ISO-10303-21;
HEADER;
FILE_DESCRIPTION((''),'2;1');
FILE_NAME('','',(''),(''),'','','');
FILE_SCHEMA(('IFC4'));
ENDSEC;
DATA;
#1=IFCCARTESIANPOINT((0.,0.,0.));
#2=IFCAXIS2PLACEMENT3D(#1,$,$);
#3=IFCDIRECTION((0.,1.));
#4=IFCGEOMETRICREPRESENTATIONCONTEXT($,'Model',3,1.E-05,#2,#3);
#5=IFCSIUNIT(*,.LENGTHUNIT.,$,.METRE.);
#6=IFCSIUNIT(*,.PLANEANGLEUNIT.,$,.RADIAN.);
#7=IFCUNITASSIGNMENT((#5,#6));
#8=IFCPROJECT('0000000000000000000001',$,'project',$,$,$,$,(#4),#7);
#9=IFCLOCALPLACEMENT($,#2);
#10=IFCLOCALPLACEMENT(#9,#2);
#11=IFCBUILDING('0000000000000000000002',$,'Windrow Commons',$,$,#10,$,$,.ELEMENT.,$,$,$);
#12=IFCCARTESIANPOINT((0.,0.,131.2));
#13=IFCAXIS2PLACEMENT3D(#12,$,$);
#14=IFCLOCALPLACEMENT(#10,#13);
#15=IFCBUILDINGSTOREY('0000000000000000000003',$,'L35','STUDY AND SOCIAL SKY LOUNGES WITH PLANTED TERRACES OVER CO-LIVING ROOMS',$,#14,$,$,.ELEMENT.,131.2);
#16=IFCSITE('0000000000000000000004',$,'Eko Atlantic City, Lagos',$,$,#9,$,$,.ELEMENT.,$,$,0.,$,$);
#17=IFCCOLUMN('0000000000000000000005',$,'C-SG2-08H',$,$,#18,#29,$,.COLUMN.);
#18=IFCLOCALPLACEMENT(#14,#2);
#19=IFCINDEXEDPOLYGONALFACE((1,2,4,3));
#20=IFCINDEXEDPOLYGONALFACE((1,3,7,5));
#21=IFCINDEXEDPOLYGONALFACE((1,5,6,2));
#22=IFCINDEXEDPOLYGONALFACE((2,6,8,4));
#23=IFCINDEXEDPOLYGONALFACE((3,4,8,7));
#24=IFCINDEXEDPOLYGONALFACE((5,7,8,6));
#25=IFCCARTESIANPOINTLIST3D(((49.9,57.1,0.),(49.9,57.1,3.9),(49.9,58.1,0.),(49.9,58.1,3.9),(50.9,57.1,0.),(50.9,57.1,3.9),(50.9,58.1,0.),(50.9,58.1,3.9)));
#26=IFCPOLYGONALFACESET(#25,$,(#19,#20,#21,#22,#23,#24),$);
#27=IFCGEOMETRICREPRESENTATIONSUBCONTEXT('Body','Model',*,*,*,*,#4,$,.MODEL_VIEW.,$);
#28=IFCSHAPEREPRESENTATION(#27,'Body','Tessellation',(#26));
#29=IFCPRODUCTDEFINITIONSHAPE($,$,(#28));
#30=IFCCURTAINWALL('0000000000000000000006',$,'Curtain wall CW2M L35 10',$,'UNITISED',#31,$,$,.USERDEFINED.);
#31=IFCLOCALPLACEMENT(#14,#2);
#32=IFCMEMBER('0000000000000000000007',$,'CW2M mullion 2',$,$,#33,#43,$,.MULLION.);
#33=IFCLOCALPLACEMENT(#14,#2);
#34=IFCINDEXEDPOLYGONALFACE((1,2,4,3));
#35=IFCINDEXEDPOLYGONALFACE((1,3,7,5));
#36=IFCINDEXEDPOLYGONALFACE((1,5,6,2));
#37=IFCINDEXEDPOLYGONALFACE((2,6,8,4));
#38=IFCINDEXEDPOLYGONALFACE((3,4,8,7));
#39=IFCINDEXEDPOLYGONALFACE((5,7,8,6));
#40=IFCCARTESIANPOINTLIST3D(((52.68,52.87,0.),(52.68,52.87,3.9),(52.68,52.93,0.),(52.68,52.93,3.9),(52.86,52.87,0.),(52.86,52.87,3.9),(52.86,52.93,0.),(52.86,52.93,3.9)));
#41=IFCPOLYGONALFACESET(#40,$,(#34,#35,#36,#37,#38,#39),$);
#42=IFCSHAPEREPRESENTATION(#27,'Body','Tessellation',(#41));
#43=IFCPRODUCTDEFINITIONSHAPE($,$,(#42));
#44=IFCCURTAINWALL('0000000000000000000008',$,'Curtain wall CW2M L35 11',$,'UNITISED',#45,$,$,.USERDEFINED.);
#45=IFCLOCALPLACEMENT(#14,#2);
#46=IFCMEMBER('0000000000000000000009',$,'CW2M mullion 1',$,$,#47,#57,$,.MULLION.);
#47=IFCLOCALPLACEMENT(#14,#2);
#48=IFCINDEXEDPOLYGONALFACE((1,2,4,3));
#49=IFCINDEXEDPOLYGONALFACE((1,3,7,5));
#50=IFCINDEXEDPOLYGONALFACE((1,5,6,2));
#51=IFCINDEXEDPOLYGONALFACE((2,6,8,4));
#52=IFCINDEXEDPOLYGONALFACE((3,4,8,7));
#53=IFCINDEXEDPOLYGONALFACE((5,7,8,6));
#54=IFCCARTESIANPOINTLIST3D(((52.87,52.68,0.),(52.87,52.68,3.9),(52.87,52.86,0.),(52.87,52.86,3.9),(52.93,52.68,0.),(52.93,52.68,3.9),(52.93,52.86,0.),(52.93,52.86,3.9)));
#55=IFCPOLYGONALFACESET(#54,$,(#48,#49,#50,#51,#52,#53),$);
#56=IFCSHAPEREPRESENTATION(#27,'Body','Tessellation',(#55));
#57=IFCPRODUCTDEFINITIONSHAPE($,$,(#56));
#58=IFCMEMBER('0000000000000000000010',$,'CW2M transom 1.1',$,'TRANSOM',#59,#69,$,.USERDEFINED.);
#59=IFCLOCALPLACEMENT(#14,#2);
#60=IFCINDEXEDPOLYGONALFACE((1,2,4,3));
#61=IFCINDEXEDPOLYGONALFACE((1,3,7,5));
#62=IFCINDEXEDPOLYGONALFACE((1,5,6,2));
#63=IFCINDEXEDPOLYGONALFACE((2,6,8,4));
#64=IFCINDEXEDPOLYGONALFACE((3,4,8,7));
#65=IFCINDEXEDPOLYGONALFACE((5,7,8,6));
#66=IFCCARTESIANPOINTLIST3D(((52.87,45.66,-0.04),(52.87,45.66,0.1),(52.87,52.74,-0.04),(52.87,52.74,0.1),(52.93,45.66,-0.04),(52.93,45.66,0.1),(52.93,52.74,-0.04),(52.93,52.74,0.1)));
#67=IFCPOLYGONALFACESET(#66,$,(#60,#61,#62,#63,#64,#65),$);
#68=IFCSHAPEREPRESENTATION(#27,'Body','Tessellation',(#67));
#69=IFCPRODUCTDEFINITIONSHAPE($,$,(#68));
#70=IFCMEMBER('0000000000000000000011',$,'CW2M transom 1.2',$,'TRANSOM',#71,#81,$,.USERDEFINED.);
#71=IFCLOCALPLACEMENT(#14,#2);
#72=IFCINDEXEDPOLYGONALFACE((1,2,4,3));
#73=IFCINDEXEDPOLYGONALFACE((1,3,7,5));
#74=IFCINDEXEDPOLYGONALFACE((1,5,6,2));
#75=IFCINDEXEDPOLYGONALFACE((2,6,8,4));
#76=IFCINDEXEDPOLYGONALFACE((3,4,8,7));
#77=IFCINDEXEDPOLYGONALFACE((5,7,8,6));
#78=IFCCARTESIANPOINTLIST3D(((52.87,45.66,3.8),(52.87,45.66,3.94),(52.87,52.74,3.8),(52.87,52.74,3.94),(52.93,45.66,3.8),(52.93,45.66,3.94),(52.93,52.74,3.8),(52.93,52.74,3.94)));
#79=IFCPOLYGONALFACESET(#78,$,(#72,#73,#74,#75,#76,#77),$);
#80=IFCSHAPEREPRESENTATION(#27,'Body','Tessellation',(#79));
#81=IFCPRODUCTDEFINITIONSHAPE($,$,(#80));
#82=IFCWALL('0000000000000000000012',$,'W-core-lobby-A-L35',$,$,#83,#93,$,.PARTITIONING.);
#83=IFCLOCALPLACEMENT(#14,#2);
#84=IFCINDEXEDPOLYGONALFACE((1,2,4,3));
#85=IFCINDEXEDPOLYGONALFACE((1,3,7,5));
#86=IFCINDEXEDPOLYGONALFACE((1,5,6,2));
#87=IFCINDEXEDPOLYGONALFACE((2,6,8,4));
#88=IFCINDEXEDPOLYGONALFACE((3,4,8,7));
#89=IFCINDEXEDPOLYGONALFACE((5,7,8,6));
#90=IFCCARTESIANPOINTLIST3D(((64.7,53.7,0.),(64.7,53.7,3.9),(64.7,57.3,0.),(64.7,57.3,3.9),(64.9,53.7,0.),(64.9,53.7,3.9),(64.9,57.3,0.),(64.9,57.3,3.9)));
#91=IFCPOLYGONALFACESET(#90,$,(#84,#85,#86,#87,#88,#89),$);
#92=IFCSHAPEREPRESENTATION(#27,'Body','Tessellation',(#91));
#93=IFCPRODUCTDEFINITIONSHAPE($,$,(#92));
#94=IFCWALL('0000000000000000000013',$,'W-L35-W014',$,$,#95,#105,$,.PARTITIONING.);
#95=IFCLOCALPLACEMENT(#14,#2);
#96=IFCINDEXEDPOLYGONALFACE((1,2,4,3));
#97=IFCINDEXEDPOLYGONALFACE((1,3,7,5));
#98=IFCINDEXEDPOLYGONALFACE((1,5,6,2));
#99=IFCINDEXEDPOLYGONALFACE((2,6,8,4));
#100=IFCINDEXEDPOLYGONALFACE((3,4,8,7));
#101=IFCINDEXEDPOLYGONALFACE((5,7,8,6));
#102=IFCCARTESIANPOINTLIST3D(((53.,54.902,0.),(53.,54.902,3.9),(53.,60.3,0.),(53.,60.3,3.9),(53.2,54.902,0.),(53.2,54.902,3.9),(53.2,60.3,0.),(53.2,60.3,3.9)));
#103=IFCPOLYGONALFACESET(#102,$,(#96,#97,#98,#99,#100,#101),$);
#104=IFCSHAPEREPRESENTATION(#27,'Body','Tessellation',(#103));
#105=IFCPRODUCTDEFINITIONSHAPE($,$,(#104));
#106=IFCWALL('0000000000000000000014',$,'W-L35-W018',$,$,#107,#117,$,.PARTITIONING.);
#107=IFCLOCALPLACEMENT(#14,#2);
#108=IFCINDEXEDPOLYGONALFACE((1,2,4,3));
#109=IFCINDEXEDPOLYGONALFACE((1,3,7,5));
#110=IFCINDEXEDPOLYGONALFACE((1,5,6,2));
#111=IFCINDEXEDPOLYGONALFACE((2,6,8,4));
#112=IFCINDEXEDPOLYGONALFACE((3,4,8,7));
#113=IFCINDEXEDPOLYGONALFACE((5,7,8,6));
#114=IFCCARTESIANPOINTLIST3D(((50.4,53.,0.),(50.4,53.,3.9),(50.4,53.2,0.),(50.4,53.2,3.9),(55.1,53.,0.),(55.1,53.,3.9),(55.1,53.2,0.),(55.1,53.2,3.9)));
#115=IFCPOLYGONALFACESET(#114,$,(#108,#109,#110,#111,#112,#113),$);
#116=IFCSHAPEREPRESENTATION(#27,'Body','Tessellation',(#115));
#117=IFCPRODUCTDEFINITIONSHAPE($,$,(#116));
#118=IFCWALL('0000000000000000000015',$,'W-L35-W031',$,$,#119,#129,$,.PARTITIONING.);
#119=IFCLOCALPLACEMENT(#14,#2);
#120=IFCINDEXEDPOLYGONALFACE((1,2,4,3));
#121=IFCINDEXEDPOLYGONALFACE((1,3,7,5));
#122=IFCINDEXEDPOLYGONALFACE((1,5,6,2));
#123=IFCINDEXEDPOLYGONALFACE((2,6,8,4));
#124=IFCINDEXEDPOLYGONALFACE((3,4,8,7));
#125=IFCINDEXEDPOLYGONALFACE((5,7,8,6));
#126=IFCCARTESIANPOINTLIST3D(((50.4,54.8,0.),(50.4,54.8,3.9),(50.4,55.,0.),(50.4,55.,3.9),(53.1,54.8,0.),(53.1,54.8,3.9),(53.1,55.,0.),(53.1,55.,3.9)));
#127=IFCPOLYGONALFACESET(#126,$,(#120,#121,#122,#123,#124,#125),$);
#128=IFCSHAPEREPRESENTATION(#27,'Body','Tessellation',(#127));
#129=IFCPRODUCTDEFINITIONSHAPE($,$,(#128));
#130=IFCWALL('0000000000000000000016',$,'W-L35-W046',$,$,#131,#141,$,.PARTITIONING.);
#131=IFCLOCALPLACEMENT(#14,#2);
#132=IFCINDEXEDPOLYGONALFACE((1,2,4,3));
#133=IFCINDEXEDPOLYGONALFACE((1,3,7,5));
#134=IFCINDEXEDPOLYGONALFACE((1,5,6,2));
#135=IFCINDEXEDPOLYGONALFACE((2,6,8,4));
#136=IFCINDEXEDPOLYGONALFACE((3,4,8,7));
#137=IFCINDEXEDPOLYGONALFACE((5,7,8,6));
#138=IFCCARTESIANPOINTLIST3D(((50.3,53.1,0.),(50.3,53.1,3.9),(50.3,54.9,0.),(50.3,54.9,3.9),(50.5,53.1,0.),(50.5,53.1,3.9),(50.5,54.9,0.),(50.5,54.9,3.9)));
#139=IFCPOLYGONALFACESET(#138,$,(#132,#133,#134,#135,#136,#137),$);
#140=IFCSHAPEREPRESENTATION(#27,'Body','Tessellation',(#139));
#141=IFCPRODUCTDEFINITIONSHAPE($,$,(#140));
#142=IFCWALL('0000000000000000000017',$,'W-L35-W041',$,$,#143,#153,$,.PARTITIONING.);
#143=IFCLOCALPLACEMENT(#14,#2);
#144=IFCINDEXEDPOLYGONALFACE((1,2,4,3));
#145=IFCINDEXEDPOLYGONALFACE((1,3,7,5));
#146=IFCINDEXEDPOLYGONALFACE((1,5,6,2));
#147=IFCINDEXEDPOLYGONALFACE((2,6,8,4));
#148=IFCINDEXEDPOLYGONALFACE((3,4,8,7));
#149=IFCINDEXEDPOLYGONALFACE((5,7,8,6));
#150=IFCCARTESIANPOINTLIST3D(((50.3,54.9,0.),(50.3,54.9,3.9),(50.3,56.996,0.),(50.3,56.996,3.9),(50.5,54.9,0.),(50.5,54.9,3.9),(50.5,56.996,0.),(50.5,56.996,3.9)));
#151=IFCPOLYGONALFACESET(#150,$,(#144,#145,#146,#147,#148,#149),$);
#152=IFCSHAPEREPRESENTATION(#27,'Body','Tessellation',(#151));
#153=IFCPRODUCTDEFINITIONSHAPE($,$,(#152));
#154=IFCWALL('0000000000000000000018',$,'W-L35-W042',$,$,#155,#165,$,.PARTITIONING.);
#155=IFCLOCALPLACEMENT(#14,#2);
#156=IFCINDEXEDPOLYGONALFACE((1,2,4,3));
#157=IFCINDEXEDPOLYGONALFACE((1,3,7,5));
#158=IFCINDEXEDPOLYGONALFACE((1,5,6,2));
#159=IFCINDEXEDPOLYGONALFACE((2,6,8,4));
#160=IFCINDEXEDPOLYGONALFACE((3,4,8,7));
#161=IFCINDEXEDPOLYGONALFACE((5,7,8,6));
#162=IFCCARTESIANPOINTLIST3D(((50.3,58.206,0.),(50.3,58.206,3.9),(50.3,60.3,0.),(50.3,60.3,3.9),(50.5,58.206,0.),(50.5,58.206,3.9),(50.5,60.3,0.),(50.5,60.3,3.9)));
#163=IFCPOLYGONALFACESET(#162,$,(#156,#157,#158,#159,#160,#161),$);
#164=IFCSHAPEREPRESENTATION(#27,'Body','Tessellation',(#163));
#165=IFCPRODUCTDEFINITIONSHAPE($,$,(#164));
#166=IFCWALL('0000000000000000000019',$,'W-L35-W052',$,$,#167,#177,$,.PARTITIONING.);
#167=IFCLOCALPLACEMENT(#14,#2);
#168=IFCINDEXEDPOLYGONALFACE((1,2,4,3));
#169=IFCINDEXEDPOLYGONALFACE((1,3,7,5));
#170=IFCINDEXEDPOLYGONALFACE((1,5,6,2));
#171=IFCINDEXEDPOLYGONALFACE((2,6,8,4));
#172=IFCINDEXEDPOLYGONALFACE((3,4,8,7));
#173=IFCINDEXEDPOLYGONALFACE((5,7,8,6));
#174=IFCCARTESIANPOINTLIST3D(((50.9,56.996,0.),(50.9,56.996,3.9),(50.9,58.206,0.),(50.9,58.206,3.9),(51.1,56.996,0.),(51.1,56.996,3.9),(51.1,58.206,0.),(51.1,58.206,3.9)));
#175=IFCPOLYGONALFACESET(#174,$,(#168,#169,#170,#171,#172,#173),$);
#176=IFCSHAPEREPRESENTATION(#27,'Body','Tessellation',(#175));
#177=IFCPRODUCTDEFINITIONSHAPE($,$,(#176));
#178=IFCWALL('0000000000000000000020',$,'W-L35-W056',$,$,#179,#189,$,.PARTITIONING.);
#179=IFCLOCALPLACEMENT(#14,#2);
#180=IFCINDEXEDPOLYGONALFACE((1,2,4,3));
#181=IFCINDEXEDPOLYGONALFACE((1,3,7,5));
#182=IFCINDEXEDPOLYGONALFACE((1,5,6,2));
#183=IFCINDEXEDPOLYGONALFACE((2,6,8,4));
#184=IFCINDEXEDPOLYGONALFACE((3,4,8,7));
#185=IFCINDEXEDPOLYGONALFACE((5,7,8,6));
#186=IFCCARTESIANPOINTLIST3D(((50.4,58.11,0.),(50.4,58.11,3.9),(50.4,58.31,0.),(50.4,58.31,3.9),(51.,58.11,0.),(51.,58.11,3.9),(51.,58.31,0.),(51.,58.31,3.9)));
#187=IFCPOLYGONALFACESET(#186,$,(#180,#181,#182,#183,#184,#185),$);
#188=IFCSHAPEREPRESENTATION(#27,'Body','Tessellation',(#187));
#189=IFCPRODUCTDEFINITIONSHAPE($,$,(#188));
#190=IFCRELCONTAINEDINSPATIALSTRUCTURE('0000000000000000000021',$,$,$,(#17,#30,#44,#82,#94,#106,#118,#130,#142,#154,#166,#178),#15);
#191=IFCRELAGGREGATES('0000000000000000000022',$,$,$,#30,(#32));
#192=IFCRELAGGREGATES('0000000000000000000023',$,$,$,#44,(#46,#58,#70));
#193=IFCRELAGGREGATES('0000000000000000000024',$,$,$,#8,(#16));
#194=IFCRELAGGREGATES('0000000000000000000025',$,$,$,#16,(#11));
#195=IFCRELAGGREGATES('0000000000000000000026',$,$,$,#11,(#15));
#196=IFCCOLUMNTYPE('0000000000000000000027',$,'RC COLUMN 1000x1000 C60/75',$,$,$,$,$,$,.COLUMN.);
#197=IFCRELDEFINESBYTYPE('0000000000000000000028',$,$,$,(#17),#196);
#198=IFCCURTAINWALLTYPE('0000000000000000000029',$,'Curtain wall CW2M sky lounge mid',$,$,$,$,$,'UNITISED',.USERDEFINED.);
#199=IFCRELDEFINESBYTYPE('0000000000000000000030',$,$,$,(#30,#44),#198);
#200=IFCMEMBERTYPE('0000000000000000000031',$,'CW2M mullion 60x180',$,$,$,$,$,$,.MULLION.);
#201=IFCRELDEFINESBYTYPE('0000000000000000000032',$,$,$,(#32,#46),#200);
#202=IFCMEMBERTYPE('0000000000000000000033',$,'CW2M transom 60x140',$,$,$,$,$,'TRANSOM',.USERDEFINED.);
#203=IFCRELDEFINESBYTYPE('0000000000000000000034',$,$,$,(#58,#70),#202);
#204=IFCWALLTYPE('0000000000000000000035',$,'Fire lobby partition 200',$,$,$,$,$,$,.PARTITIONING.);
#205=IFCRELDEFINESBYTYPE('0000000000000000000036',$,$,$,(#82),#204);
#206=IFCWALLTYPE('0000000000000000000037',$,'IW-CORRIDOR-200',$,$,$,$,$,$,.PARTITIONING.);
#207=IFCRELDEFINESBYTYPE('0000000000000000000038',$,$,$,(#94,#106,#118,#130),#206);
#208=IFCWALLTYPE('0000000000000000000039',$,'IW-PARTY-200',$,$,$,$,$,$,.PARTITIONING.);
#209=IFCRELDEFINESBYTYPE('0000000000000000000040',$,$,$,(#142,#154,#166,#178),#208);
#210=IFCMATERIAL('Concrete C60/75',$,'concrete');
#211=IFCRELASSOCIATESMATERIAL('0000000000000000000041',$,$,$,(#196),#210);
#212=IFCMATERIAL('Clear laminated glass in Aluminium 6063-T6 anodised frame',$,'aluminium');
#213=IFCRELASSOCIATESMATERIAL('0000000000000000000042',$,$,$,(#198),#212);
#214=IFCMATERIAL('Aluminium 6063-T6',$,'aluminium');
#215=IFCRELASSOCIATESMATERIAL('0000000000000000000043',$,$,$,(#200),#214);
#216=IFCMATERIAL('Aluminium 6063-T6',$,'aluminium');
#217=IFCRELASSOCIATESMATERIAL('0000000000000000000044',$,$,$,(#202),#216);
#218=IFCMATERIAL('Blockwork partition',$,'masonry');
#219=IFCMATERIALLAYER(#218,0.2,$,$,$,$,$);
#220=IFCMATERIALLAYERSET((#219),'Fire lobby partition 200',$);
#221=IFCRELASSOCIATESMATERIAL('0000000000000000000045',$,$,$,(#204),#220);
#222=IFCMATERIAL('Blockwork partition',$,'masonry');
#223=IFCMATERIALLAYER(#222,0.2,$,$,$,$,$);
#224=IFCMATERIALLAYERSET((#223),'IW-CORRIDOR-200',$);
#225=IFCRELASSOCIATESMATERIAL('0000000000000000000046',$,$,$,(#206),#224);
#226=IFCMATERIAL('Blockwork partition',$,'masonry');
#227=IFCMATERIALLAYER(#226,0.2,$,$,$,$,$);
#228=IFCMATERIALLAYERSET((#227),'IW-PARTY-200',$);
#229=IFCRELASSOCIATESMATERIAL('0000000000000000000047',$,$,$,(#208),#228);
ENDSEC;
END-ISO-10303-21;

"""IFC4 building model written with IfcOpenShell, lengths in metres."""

from ifc_helpers import new_model, si_unit, direction, frame, frame_2d, origin, origin_2d, place, context, subcontext, project, spatial, rectangle, extrude, material, layer, layer_set, material_profile, profile_set, type_object, element, aggregate, save


model = new_model("IFC4")

# Units and contexts
model_context = context("Model", 3, precision=1e-05, world=origin(), true_north=direction((0.0, 1.0)))
body_context = subcontext(model_context, "Body", "Model", "MODEL_VIEW")
ifc_project = project(units=[si_unit("LENGTHUNIT", "METRE"), si_unit("PLANEANGLEUNIT", "RADIAN")], contexts=[model_context])

# Site, building, storey
site_placement = place(None, origin())
site = spatial("IfcSite", under=ifc_project, at=site_placement, Name="Eko Atlantic City, Lagos", CompositionType="ELEMENT", RefElevation=0.0)
building_placement = place(site_placement, origin())
building = spatial("IfcBuilding", under=site, at=building_placement, Name="Windrow Commons", CompositionType="ELEMENT")
storey_placement = place(building_placement, frame((0.0, 0.0, 131.2)))
storey = spatial("IfcBuildingStorey", under=building, at=storey_placement, Name="L35", Description="STUDY AND SOCIAL SKY LOUNGES WITH PLANTED TERRACES OVER CO-LIVING ROOMS", CompositionType="ELEMENT", Elevation=131.2)

# Column
ifc_material_1 = material(Name="Concrete C60/75", Category="concrete")
ifc_material_profile_1 = material_profile(ifc_material_1, rectangle(XDim=1.0, YDim=1.0, at=origin_2d()))
ifc_profile_set_1 = profile_set([ifc_material_profile_1], Name="Concrete C60/75")
column_type = type_object("IfcColumnType", Name="RC COLUMN 1000x1000 C60/75", PredefinedType="COLUMN", material=ifc_profile_set_1)
column_placement = place(storey_placement, frame((50.4, 57.6, 0.0), z_axis=(0.0, 0.0, 1.0), x_axis=(1.0, 0.0, 0.0)))
element("IfcColumn", 1, at=column_placement, inside=storey, type_object=column_type, Name="C-SG2-08H", PredefinedType="COLUMN", context=body_context, shape_type="SweptSolid", body=[
    extrude(rectangle(XDim=1.0, YDim=1.0, at=origin_2d()), origin(), (0.0, 0.0, 1.0), 3.9),
])

# Curtain wall, member
ifc_material_2 = material(Name="Clear laminated glass in Aluminium 6063-T6 anodised frame", Category="aluminium")
curtain_wall_type = type_object("IfcCurtainWallType", Name="Curtain wall CW2M sky lounge mid", ElementType="UNITISED", PredefinedType="USERDEFINED", material=ifc_material_2)
placement = place(storey_placement, origin())
curtain_wall_1 = element("IfcCurtainWall", 2, at=placement, inside=storey, type_object=curtain_wall_type, Name="Curtain wall CW2M L35 10", ObjectType="UNITISED", PredefinedType="USERDEFINED")
ifc_material_3 = material(Name="Aluminium 6063-T6", Category="aluminium")
ifc_material_profile_2 = material_profile(ifc_material_3, rectangle(XDim=0.06, YDim=0.18, at=origin_2d()))
ifc_profile_set_2 = profile_set([ifc_material_profile_2], Name="Aluminium 6063-T6")
member_type_1 = type_object("IfcMemberType", Name="CW2M mullion 60x180", PredefinedType="MULLION", material=ifc_profile_set_2)
member_1_placement = place(storey_placement, frame((52.77, 52.9, 0.0), z_axis=(0.0, 0.0, 1.0), x_axis=(0.0, 1.0, 0.0)))
member_1 = element("IfcMember", 3, at=member_1_placement, type_object=member_type_1, Name="CW2M mullion 2", PredefinedType="MULLION", context=body_context, shape_type="SweptSolid", body=[
    extrude(rectangle(XDim=0.06, YDim=0.18, at=origin_2d()), origin(), (0.0, 0.0, 1.0), 3.9),
])
aggregate(curtain_wall_1, [member_1])

# Curtain wall, members
curtain_wall_2 = element("IfcCurtainWall", 4, at=placement, inside=storey, type_object=curtain_wall_type, Name="Curtain wall CW2M L35 11", ObjectType="UNITISED", PredefinedType="USERDEFINED")
member_2_placement = place(storey_placement, frame((52.9, 52.77, 0.0), z_axis=(0.0, 0.0, 1.0), x_axis=(1.0, 0.0, 0.0)))
member_2 = element("IfcMember", 5, at=member_2_placement, type_object=member_type_1, Name="CW2M mullion 1", PredefinedType="MULLION", context=body_context, shape_type="SweptSolid", body=[
    extrude(rectangle(XDim=0.06, YDim=0.18, at=origin_2d()), origin(), (0.0, 0.0, 1.0), 3.9),
])
ifc_material_4 = material(Name="Aluminium 6063-T6", Category="aluminium")
ifc_material_profile_3 = material_profile(ifc_material_4, rectangle(XDim=0.06, YDim=0.14, at=origin_2d()))
ifc_profile_set_3 = profile_set([ifc_material_profile_3], Name="Aluminium 6063-T6")
member_type_2 = type_object("IfcMemberType", Name="CW2M transom 60x140", ElementType="TRANSOM", PredefinedType="USERDEFINED", material=ifc_profile_set_3)
member_3_placement = place(storey_placement, frame((52.9, 52.74, 0.03), z_axis=(0.0, -1.0, 0.0), x_axis=(1.0, 0.0, 0.0)))
member_3 = element("IfcMember", 6, at=member_3_placement, type_object=member_type_2, Name="CW2M transom 1.1", ObjectType="TRANSOM", PredefinedType="USERDEFINED", context=body_context, shape_type="SweptSolid", body=[
    extrude(rectangle(XDim=0.06, YDim=0.14, at=origin_2d()), origin(), (0.0, 0.0, 1.0), 7.08),
])
member_4_placement = place(storey_placement, frame((52.9, 52.74, 3.87), z_axis=(0.0, -1.0, 0.0), x_axis=(1.0, 0.0, 0.0)))
member_4 = element("IfcMember", 7, at=member_4_placement, type_object=member_type_2, Name="CW2M transom 1.2", ObjectType="TRANSOM", PredefinedType="USERDEFINED", context=body_context, shape_type="SweptSolid", body=[
    extrude(rectangle(XDim=0.06, YDim=0.14, at=origin_2d()), origin(), (0.0, 0.0, 1.0), 7.08),
])
aggregate(curtain_wall_2, [member_2, member_3, member_4])

# Walls
ifc_material_5 = material(Name="Blockwork partition", Category="masonry")
ifc_layer_1 = layer(ifc_material_5, 0.2)
ifc_layer_set_1 = layer_set([ifc_layer_1], Name="Fire lobby partition 200")
wall_type_1 = type_object("IfcWallType", Name="Fire lobby partition 200", PredefinedType="PARTITIONING", material=ifc_layer_set_1)
wall_1_placement = place(storey_placement, frame((64.8, 53.7, 0.0), z_axis=(0.0, 0.0, 1.0), x_axis=(0.0, 1.0, 0.0)))
element("IfcWall", 8, at=wall_1_placement, inside=storey, type_object=wall_type_1, Name="W-core-lobby-A-L35", PredefinedType="PARTITIONING", context=body_context, shape_type="SweptSolid", body=[
    extrude(rectangle(XDim=3.6, YDim=0.2, at=frame_2d((1.8, 0.0))), origin(), (0.0, 0.0, 1.0), 3.9),
])
ifc_material_6 = material(Name="Blockwork partition", Category="masonry")
ifc_layer_2 = layer(ifc_material_6, 0.2)
ifc_layer_set_2 = layer_set([ifc_layer_2], Name="IW-CORRIDOR-200")
wall_type_2 = type_object("IfcWallType", Name="IW-CORRIDOR-200", PredefinedType="PARTITIONING", material=ifc_layer_set_2)
wall_2_placement = place(storey_placement, frame((53.1, 54.902, 0.0), z_axis=(0.0, 0.0, 1.0), x_axis=(0.0, 1.0, 0.0)))
element("IfcWall", 9, at=wall_2_placement, inside=storey, type_object=wall_type_2, Name="W-L35-W014", PredefinedType="PARTITIONING", context=body_context, shape_type="SweptSolid", body=[
    extrude(rectangle(XDim=5.398, YDim=0.2, at=frame_2d((2.699, 0.0))), origin(), (0.0, 0.0, 1.0), 3.9),
])
wall_3_placement = place(storey_placement, frame((50.4, 53.1, 0.0), z_axis=(0.0, 0.0, 1.0), x_axis=(1.0, 0.0, 0.0)))
element("IfcWall", 10, at=wall_3_placement, inside=storey, type_object=wall_type_2, Name="W-L35-W018", PredefinedType="PARTITIONING", context=body_context, shape_type="SweptSolid", body=[
    extrude(rectangle(XDim=4.7, YDim=0.2, at=frame_2d((2.35, 0.0))), origin(), (0.0, 0.0, 1.0), 3.9),
])
wall_4_placement = place(storey_placement, frame((50.4, 54.9, 0.0), z_axis=(0.0, 0.0, 1.0), x_axis=(1.0, 0.0, 0.0)))
element("IfcWall", 11, at=wall_4_placement, inside=storey, type_object=wall_type_2, Name="W-L35-W031", PredefinedType="PARTITIONING", context=body_context, shape_type="SweptSolid", body=[
    extrude(rectangle(XDim=2.7, YDim=0.2, at=frame_2d((1.35, 0.0))), origin(), (0.0, 0.0, 1.0), 3.9),
])
wall_5_placement = place(storey_placement, frame((50.4, 53.1, 0.0), z_axis=(0.0, 0.0, 1.0), x_axis=(0.0, 1.0, 0.0)))
element("IfcWall", 12, at=wall_5_placement, inside=storey, type_object=wall_type_2, Name="W-L35-W046", PredefinedType="PARTITIONING", context=body_context, shape_type="SweptSolid", body=[
    extrude(rectangle(XDim=1.8, YDim=0.2, at=frame_2d((0.9, 0.0))), origin(), (0.0, 0.0, 1.0), 3.9),
])
ifc_material_7 = material(Name="Blockwork partition", Category="masonry")
ifc_layer_3 = layer(ifc_material_7, 0.2)
ifc_layer_set_3 = layer_set([ifc_layer_3], Name="IW-PARTY-200")
wall_type_3 = type_object("IfcWallType", Name="IW-PARTY-200", PredefinedType="PARTITIONING", material=ifc_layer_set_3)
wall_6_placement = place(storey_placement, frame((50.4, 54.9, 0.0), z_axis=(0.0, 0.0, 1.0), x_axis=(0.0, 1.0, 0.0)))
element("IfcWall", 13, at=wall_6_placement, inside=storey, type_object=wall_type_3, Name="W-L35-W041", PredefinedType="PARTITIONING", context=body_context, shape_type="SweptSolid", body=[
    extrude(rectangle(XDim=2.096, YDim=0.2, at=frame_2d((1.048, 0.0))), origin(), (0.0, 0.0, 1.0), 3.9),
])
wall_7_placement = place(storey_placement, frame((50.4, 58.206, 0.0), z_axis=(0.0, 0.0, 1.0), x_axis=(0.0, 1.0, 0.0)))
element("IfcWall", 14, at=wall_7_placement, inside=storey, type_object=wall_type_3, Name="W-L35-W042", PredefinedType="PARTITIONING", context=body_context, shape_type="SweptSolid", body=[
    extrude(rectangle(XDim=2.094, YDim=0.2, at=frame_2d((1.047, 0.0))), origin(), (0.0, 0.0, 1.0), 3.9),
])
wall_8_placement = place(storey_placement, frame((51.0, 56.996, 0.0), z_axis=(0.0, 0.0, 1.0), x_axis=(0.0, 1.0, 0.0)))
element("IfcWall", 15, at=wall_8_placement, inside=storey, type_object=wall_type_3, Name="W-L35-W052", PredefinedType="PARTITIONING", context=body_context, shape_type="SweptSolid", body=[
    extrude(rectangle(XDim=1.21, YDim=0.2, at=frame_2d((0.605, 0.0))), origin(), (0.0, 0.0, 1.0), 3.9),
])
for number, where, z_axis, x_axis, name in (
    (16, (50.4, 58.21, 0.0), (0.0, 0.0, 1.0), (1.0, 0.0, 0.0), "W-L35-W056"),
):
    element("IfcWall", number, at=place(storey_placement, frame(where, z_axis=z_axis, x_axis=x_axis)), inside=storey, type_object=wall_type_3, Name=name, PredefinedType="PARTITIONING", context=body_context, shape_type="SweptSolid", body=[
        extrude(rectangle(XDim=0.6, YDim=0.2, at=frame_2d((0.3, 0.0))), origin(), (0.0, 0.0, 1.0), 3.9),
    ])

save(model, "model.ifc")
